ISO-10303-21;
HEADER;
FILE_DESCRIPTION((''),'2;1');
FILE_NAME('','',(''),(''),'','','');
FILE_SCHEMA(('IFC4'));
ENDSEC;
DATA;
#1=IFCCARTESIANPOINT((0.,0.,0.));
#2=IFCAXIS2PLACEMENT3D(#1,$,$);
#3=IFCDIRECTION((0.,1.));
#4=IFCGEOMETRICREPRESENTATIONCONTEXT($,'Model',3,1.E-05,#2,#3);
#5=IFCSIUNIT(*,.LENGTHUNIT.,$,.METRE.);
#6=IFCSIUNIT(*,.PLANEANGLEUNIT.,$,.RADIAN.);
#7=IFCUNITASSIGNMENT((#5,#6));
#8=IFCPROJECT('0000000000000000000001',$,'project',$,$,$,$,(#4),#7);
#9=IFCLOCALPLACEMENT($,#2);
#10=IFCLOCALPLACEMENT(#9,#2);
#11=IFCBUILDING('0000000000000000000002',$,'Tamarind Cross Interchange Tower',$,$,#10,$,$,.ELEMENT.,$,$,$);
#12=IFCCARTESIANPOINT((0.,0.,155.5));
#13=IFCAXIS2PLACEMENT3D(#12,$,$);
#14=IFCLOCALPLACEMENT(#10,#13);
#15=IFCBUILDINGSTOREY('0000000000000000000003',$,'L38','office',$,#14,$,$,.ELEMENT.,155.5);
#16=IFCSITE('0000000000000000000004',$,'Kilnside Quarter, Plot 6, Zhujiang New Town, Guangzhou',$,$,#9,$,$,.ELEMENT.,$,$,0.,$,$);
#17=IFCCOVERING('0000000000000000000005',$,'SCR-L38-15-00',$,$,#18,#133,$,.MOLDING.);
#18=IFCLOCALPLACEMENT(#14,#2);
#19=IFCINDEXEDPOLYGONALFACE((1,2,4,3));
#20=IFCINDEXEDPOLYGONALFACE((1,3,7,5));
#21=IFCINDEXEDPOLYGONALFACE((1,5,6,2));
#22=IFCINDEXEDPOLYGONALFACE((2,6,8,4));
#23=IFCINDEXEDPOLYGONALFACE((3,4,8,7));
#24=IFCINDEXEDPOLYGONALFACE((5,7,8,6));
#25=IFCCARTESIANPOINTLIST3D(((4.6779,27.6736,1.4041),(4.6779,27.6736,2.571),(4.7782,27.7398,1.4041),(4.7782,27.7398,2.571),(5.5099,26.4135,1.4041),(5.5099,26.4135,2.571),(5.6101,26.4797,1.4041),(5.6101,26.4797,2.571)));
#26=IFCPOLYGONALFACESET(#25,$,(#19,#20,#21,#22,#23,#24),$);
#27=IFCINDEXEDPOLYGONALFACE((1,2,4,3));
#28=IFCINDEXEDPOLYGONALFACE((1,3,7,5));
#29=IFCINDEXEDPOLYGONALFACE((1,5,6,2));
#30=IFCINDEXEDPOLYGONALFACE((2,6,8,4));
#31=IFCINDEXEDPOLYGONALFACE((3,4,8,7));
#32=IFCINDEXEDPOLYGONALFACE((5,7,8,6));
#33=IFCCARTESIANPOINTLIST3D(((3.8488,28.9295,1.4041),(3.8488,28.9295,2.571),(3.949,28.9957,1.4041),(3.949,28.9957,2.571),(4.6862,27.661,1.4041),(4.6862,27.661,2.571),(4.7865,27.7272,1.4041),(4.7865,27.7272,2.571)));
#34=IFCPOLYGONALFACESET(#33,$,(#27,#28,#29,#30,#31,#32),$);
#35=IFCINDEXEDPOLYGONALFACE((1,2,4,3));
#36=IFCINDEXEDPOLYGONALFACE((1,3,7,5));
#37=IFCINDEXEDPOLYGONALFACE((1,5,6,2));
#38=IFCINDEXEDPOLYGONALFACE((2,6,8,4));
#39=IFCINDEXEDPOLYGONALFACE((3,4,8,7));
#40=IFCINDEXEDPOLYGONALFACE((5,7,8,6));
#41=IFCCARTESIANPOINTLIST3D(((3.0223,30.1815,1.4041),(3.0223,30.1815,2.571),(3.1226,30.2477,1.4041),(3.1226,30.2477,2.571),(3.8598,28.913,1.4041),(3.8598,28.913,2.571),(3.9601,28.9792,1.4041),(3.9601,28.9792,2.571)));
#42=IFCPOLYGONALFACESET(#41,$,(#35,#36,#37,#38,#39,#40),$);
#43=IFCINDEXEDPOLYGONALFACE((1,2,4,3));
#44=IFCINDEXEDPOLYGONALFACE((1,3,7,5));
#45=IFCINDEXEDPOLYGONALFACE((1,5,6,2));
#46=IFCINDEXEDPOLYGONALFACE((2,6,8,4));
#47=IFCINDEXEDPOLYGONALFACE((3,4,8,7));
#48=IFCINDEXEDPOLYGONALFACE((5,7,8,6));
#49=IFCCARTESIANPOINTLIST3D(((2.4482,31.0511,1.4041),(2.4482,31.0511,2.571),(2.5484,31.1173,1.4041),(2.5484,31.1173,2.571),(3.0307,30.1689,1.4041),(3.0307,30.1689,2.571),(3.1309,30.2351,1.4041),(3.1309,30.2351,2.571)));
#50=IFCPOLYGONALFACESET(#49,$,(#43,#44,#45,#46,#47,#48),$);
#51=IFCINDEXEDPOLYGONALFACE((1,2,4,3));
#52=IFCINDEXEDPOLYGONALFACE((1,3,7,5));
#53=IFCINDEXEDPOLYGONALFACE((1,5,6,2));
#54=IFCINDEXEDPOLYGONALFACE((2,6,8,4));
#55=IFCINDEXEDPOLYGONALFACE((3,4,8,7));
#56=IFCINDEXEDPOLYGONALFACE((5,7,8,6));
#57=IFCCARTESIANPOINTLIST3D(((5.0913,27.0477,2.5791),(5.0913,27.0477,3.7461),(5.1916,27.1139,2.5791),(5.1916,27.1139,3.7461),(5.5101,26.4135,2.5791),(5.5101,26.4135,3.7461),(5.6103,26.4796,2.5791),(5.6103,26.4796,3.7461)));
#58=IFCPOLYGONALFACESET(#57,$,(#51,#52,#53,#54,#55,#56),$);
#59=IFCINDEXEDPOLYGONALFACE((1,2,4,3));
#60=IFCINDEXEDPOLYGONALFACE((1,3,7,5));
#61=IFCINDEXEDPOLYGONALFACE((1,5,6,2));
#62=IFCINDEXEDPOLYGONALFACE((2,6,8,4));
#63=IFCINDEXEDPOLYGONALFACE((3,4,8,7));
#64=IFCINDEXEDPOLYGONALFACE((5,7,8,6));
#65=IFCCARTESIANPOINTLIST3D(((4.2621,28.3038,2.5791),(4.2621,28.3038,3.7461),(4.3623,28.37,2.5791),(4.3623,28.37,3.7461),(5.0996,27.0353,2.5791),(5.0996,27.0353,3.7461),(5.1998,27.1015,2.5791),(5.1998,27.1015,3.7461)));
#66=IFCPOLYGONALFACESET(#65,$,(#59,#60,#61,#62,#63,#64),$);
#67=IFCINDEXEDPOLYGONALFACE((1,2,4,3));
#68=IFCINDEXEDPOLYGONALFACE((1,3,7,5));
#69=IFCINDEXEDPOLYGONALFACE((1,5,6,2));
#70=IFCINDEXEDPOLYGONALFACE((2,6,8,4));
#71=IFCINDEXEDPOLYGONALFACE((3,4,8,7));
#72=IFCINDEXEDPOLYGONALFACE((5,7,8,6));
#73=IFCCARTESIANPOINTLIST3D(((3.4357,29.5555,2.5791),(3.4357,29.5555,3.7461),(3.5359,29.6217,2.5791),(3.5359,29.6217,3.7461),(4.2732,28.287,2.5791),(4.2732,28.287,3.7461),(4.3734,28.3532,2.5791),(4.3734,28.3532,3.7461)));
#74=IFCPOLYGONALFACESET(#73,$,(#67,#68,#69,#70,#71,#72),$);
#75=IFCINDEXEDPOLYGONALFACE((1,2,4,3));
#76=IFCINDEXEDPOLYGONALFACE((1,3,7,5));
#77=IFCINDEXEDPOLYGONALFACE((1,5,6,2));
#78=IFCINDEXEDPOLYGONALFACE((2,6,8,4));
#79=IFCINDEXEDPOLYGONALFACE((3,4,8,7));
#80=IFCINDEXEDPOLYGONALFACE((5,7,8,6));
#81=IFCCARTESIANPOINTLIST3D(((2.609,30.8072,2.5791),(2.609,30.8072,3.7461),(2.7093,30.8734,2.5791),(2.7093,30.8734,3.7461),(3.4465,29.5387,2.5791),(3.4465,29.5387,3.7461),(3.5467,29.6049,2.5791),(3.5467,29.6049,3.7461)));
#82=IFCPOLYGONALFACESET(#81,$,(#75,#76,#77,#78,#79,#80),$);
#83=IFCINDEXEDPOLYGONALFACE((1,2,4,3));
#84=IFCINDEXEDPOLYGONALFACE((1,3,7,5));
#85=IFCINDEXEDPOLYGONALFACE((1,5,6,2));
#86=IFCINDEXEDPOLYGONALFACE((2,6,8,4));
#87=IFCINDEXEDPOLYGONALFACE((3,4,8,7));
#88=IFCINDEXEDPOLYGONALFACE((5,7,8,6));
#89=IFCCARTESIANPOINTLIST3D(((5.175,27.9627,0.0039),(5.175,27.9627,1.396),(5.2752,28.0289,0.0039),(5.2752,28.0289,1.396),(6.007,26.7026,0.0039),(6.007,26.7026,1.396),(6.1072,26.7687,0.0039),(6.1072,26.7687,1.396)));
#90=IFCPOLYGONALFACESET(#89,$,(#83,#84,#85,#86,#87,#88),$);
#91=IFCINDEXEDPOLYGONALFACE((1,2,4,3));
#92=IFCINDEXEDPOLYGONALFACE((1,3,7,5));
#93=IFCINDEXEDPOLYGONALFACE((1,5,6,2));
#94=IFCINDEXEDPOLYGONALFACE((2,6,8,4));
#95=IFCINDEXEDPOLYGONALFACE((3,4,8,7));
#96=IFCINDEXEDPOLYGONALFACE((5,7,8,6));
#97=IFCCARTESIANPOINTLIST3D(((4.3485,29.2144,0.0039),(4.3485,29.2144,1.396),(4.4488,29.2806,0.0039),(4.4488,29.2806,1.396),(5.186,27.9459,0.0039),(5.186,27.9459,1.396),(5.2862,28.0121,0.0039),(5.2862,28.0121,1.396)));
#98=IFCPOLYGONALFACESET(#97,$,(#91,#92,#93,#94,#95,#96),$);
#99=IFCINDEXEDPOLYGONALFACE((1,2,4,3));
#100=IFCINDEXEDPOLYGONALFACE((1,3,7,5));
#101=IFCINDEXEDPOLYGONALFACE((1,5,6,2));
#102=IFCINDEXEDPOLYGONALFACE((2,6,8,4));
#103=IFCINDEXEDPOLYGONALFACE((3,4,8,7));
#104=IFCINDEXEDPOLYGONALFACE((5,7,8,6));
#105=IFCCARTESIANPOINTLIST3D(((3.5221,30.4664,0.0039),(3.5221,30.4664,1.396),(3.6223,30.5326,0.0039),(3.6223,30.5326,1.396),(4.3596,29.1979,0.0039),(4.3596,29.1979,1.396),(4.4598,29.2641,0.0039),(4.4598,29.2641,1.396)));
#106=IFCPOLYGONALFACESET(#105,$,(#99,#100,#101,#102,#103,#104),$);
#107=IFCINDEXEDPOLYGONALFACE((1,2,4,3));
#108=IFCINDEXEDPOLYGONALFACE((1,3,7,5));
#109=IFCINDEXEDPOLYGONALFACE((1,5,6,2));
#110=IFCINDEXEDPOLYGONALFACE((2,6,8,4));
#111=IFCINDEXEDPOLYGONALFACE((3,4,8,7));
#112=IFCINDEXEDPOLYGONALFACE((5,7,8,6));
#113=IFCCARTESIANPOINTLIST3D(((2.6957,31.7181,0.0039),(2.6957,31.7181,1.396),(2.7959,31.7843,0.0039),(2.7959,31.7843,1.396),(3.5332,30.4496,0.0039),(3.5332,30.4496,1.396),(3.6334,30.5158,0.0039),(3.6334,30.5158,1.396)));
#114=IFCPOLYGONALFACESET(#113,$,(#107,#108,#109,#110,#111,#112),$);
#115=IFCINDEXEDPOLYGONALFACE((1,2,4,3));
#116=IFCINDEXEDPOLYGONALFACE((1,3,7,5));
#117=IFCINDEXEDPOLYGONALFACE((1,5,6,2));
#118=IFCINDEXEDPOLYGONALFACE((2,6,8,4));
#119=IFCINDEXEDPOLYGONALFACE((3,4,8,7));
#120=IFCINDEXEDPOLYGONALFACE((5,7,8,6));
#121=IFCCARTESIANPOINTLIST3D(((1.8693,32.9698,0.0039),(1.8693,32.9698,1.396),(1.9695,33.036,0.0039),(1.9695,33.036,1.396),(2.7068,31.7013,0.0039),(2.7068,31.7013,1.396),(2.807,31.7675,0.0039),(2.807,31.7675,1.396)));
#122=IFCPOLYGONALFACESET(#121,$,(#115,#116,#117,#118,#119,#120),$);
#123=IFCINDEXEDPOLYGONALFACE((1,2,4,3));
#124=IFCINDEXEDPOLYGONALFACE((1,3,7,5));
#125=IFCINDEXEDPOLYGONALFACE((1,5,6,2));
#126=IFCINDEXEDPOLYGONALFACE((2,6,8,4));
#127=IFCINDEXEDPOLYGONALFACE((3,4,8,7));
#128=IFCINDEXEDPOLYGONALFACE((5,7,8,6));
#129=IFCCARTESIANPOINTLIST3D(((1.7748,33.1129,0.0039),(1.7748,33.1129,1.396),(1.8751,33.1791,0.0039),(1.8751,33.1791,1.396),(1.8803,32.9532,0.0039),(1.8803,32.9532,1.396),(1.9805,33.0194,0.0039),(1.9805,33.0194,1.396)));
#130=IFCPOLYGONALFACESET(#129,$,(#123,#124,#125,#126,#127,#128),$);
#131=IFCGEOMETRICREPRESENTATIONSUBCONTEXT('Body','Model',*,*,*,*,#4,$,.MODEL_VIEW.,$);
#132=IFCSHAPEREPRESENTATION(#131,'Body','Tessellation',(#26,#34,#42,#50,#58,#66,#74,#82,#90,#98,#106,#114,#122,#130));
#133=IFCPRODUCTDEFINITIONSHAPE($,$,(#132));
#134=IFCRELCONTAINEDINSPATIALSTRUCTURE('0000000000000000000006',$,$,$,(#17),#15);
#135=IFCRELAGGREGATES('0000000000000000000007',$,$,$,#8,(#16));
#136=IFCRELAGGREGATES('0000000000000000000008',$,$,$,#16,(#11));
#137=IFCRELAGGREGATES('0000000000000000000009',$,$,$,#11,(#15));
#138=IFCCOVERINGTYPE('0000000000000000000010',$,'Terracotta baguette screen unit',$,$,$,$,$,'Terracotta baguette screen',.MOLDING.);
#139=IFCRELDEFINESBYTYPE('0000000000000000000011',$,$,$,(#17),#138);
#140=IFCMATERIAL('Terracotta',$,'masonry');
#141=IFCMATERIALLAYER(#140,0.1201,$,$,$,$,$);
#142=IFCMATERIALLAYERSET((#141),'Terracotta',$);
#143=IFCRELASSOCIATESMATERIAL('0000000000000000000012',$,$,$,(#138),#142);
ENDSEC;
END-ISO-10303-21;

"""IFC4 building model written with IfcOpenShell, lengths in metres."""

from ifc_helpers import new_model, si_unit, direction, frame, origin, origin_2d, place, context, subcontext, project, spatial, rectangle, extrude, material, layer, layer_set, type_object, element, save


model = new_model("IFC4")

# Units and contexts
model_context = context("Model", 3, precision=1e-05, world=origin(), true_north=direction((0.0, 1.0)))
body_context = subcontext(model_context, "Body", "Model", "MODEL_VIEW")
ifc_project = project(units=[si_unit("LENGTHUNIT", "METRE"), si_unit("PLANEANGLEUNIT", "RADIAN")], contexts=[model_context])

# Site, building, storey
site_placement = place(None, origin())
site = spatial("IfcSite", under=ifc_project, at=site_placement, Name="Kilnside Quarter, Plot 6, Zhujiang New Town, Guangzhou", CompositionType="ELEMENT", RefElevation=0.0)
building_placement = place(site_placement, origin())
building = spatial("IfcBuilding", under=site, at=building_placement, Name="Tamarind Cross Interchange Tower", CompositionType="ELEMENT")
storey_placement = place(building_placement, frame((0.0, 0.0, 155.5)))
storey = spatial("IfcBuildingStorey", under=building, at=storey_placement, Name="L38", Description="office", CompositionType="ELEMENT", Elevation=155.5)

# Covering
ifc_material_1 = material(Name="Terracotta", Category="masonry")
ifc_layer_1 = layer(ifc_material_1, 0.1201)
ifc_layer_set_1 = layer_set([ifc_layer_1], Name="Terracotta")
covering_type = type_object("IfcCoveringType", Name="Terracotta baguette screen unit", ElementType="Terracotta baguette screen", PredefinedType="MOLDING", material=ifc_layer_set_1)
covering_1_placement = place(storey_placement, origin())
element("IfcCovering", 1, at=covering_1_placement, inside=storey, type_object=covering_type, Name="SCR-L38-15-00", PredefinedType="MOLDING", context=body_context, shape_type="SweptSolid", body=[
    extrude(rectangle(XDim=1.51, YDim=0.1201, at=origin_2d()), frame((5.144, 27.0767, 1.4041), z_axis=(0.0, 0.0, 1.0), x_axis=(-0.55097, 0.834525, 0.0)), (0.0, 0.0, 1.0), 1.167),
    extrude(rectangle(XDim=1.52, YDim=0.1201, at=origin_2d()), frame((4.3176, 28.3284, 1.4041), z_axis=(0.0, 0.0, 1.0), x_axis=(-0.55097, 0.834525, 0.0)), (0.0, 0.0, 1.0), 1.167),
    extrude(rectangle(XDim=1.52, YDim=0.1201, at=origin_2d()), frame((3.4912, 29.5803, 1.4041), z_axis=(0.0, 0.0, 1.0), x_axis=(-0.55097, 0.834525, 0.0)), (0.0, 0.0, 1.0), 1.167),
    extrude(rectangle(XDim=1.0571, YDim=0.1201, at=origin_2d()), frame((2.7896, 30.6431, 1.4041), z_axis=(0.0, 0.0, 1.0), x_axis=(-0.55097, 0.834525, 0.0)), (0.0, 0.0, 1.0), 1.167),
    extrude(rectangle(XDim=0.76, YDim=0.1201, at=origin_2d()), frame((5.3508, 26.7637, 2.5791), z_axis=(0.0, 0.0, 1.0), x_axis=(-0.55097, 0.834525, 0.0)), (0.0, 0.0, 1.0), 1.167),
    extrude(rectangle(XDim=1.52, YDim=0.1201, at=origin_2d()), frame((4.731, 27.7026, 2.5791), z_axis=(0.0, 0.0, 1.0), x_axis=(-0.55097, 0.834525, 0.0)), (0.0, 0.0, 1.0), 1.167),
    extrude(rectangle(XDim=1.52, YDim=0.1201, at=origin_2d()), frame((3.9045, 28.9543, 2.5791), z_axis=(0.0, 0.0, 1.0), x_axis=(-0.55097, 0.834525, 0.0)), (0.0, 0.0, 1.0), 1.167),
    extrude(rectangle(XDim=1.52, YDim=0.1201, at=origin_2d()), frame((3.0779, 30.2061, 2.5791), z_axis=(0.0, 0.0, 1.0), x_axis=(-0.55097, 0.834525, 0.0)), (0.0, 0.0, 1.0), 1.167),
    extrude(rectangle(XDim=1.51, YDim=0.1201, at=origin_2d()), frame((5.6411, 27.3657, 0.0039), z_axis=(0.0, 0.0, 1.0), x_axis=(-0.55097, 0.834525, 0.0)), (0.0, 0.0, 1.0), 1.3921),
    extrude(rectangle(XDim=1.52, YDim=0.1201, at=origin_2d()), frame((4.8174, 28.6133, 0.0039), z_axis=(0.0, 0.0, 1.0), x_axis=(-0.55097, 0.834525, 0.0)), (0.0, 0.0, 1.0), 1.3921),
    extrude(rectangle(XDim=1.52, YDim=0.1201, at=origin_2d()), frame((3.991, 29.8652, 0.0039), z_axis=(0.0, 0.0, 1.0), x_axis=(-0.55097, 0.834525, 0.0)), (0.0, 0.0, 1.0), 1.3921),
    extrude(rectangle(XDim=1.52, YDim=0.1201, at=origin_2d()), frame((3.1646, 31.1169, 0.0039), z_axis=(0.0, 0.0, 1.0), x_axis=(-0.55097, 0.834525, 0.0)), (0.0, 0.0, 1.0), 1.3921),
    extrude(rectangle(XDim=1.52, YDim=0.1201, at=origin_2d()), frame((2.3381, 32.3687, 0.0039), z_axis=(0.0, 0.0, 1.0), x_axis=(-0.55097, 0.834525, 0.0)), (0.0, 0.0, 1.0), 1.3921),
    extrude(rectangle(XDim=0.1914, YDim=0.1201, at=origin_2d()), frame((1.8777, 33.0662, 0.0039), z_axis=(0.0, 0.0, 1.0), x_axis=(-0.55097, 0.834525, 0.0)), (0.0, 0.0, 1.0), 1.3921),
])

save(model, "model.ifc")
